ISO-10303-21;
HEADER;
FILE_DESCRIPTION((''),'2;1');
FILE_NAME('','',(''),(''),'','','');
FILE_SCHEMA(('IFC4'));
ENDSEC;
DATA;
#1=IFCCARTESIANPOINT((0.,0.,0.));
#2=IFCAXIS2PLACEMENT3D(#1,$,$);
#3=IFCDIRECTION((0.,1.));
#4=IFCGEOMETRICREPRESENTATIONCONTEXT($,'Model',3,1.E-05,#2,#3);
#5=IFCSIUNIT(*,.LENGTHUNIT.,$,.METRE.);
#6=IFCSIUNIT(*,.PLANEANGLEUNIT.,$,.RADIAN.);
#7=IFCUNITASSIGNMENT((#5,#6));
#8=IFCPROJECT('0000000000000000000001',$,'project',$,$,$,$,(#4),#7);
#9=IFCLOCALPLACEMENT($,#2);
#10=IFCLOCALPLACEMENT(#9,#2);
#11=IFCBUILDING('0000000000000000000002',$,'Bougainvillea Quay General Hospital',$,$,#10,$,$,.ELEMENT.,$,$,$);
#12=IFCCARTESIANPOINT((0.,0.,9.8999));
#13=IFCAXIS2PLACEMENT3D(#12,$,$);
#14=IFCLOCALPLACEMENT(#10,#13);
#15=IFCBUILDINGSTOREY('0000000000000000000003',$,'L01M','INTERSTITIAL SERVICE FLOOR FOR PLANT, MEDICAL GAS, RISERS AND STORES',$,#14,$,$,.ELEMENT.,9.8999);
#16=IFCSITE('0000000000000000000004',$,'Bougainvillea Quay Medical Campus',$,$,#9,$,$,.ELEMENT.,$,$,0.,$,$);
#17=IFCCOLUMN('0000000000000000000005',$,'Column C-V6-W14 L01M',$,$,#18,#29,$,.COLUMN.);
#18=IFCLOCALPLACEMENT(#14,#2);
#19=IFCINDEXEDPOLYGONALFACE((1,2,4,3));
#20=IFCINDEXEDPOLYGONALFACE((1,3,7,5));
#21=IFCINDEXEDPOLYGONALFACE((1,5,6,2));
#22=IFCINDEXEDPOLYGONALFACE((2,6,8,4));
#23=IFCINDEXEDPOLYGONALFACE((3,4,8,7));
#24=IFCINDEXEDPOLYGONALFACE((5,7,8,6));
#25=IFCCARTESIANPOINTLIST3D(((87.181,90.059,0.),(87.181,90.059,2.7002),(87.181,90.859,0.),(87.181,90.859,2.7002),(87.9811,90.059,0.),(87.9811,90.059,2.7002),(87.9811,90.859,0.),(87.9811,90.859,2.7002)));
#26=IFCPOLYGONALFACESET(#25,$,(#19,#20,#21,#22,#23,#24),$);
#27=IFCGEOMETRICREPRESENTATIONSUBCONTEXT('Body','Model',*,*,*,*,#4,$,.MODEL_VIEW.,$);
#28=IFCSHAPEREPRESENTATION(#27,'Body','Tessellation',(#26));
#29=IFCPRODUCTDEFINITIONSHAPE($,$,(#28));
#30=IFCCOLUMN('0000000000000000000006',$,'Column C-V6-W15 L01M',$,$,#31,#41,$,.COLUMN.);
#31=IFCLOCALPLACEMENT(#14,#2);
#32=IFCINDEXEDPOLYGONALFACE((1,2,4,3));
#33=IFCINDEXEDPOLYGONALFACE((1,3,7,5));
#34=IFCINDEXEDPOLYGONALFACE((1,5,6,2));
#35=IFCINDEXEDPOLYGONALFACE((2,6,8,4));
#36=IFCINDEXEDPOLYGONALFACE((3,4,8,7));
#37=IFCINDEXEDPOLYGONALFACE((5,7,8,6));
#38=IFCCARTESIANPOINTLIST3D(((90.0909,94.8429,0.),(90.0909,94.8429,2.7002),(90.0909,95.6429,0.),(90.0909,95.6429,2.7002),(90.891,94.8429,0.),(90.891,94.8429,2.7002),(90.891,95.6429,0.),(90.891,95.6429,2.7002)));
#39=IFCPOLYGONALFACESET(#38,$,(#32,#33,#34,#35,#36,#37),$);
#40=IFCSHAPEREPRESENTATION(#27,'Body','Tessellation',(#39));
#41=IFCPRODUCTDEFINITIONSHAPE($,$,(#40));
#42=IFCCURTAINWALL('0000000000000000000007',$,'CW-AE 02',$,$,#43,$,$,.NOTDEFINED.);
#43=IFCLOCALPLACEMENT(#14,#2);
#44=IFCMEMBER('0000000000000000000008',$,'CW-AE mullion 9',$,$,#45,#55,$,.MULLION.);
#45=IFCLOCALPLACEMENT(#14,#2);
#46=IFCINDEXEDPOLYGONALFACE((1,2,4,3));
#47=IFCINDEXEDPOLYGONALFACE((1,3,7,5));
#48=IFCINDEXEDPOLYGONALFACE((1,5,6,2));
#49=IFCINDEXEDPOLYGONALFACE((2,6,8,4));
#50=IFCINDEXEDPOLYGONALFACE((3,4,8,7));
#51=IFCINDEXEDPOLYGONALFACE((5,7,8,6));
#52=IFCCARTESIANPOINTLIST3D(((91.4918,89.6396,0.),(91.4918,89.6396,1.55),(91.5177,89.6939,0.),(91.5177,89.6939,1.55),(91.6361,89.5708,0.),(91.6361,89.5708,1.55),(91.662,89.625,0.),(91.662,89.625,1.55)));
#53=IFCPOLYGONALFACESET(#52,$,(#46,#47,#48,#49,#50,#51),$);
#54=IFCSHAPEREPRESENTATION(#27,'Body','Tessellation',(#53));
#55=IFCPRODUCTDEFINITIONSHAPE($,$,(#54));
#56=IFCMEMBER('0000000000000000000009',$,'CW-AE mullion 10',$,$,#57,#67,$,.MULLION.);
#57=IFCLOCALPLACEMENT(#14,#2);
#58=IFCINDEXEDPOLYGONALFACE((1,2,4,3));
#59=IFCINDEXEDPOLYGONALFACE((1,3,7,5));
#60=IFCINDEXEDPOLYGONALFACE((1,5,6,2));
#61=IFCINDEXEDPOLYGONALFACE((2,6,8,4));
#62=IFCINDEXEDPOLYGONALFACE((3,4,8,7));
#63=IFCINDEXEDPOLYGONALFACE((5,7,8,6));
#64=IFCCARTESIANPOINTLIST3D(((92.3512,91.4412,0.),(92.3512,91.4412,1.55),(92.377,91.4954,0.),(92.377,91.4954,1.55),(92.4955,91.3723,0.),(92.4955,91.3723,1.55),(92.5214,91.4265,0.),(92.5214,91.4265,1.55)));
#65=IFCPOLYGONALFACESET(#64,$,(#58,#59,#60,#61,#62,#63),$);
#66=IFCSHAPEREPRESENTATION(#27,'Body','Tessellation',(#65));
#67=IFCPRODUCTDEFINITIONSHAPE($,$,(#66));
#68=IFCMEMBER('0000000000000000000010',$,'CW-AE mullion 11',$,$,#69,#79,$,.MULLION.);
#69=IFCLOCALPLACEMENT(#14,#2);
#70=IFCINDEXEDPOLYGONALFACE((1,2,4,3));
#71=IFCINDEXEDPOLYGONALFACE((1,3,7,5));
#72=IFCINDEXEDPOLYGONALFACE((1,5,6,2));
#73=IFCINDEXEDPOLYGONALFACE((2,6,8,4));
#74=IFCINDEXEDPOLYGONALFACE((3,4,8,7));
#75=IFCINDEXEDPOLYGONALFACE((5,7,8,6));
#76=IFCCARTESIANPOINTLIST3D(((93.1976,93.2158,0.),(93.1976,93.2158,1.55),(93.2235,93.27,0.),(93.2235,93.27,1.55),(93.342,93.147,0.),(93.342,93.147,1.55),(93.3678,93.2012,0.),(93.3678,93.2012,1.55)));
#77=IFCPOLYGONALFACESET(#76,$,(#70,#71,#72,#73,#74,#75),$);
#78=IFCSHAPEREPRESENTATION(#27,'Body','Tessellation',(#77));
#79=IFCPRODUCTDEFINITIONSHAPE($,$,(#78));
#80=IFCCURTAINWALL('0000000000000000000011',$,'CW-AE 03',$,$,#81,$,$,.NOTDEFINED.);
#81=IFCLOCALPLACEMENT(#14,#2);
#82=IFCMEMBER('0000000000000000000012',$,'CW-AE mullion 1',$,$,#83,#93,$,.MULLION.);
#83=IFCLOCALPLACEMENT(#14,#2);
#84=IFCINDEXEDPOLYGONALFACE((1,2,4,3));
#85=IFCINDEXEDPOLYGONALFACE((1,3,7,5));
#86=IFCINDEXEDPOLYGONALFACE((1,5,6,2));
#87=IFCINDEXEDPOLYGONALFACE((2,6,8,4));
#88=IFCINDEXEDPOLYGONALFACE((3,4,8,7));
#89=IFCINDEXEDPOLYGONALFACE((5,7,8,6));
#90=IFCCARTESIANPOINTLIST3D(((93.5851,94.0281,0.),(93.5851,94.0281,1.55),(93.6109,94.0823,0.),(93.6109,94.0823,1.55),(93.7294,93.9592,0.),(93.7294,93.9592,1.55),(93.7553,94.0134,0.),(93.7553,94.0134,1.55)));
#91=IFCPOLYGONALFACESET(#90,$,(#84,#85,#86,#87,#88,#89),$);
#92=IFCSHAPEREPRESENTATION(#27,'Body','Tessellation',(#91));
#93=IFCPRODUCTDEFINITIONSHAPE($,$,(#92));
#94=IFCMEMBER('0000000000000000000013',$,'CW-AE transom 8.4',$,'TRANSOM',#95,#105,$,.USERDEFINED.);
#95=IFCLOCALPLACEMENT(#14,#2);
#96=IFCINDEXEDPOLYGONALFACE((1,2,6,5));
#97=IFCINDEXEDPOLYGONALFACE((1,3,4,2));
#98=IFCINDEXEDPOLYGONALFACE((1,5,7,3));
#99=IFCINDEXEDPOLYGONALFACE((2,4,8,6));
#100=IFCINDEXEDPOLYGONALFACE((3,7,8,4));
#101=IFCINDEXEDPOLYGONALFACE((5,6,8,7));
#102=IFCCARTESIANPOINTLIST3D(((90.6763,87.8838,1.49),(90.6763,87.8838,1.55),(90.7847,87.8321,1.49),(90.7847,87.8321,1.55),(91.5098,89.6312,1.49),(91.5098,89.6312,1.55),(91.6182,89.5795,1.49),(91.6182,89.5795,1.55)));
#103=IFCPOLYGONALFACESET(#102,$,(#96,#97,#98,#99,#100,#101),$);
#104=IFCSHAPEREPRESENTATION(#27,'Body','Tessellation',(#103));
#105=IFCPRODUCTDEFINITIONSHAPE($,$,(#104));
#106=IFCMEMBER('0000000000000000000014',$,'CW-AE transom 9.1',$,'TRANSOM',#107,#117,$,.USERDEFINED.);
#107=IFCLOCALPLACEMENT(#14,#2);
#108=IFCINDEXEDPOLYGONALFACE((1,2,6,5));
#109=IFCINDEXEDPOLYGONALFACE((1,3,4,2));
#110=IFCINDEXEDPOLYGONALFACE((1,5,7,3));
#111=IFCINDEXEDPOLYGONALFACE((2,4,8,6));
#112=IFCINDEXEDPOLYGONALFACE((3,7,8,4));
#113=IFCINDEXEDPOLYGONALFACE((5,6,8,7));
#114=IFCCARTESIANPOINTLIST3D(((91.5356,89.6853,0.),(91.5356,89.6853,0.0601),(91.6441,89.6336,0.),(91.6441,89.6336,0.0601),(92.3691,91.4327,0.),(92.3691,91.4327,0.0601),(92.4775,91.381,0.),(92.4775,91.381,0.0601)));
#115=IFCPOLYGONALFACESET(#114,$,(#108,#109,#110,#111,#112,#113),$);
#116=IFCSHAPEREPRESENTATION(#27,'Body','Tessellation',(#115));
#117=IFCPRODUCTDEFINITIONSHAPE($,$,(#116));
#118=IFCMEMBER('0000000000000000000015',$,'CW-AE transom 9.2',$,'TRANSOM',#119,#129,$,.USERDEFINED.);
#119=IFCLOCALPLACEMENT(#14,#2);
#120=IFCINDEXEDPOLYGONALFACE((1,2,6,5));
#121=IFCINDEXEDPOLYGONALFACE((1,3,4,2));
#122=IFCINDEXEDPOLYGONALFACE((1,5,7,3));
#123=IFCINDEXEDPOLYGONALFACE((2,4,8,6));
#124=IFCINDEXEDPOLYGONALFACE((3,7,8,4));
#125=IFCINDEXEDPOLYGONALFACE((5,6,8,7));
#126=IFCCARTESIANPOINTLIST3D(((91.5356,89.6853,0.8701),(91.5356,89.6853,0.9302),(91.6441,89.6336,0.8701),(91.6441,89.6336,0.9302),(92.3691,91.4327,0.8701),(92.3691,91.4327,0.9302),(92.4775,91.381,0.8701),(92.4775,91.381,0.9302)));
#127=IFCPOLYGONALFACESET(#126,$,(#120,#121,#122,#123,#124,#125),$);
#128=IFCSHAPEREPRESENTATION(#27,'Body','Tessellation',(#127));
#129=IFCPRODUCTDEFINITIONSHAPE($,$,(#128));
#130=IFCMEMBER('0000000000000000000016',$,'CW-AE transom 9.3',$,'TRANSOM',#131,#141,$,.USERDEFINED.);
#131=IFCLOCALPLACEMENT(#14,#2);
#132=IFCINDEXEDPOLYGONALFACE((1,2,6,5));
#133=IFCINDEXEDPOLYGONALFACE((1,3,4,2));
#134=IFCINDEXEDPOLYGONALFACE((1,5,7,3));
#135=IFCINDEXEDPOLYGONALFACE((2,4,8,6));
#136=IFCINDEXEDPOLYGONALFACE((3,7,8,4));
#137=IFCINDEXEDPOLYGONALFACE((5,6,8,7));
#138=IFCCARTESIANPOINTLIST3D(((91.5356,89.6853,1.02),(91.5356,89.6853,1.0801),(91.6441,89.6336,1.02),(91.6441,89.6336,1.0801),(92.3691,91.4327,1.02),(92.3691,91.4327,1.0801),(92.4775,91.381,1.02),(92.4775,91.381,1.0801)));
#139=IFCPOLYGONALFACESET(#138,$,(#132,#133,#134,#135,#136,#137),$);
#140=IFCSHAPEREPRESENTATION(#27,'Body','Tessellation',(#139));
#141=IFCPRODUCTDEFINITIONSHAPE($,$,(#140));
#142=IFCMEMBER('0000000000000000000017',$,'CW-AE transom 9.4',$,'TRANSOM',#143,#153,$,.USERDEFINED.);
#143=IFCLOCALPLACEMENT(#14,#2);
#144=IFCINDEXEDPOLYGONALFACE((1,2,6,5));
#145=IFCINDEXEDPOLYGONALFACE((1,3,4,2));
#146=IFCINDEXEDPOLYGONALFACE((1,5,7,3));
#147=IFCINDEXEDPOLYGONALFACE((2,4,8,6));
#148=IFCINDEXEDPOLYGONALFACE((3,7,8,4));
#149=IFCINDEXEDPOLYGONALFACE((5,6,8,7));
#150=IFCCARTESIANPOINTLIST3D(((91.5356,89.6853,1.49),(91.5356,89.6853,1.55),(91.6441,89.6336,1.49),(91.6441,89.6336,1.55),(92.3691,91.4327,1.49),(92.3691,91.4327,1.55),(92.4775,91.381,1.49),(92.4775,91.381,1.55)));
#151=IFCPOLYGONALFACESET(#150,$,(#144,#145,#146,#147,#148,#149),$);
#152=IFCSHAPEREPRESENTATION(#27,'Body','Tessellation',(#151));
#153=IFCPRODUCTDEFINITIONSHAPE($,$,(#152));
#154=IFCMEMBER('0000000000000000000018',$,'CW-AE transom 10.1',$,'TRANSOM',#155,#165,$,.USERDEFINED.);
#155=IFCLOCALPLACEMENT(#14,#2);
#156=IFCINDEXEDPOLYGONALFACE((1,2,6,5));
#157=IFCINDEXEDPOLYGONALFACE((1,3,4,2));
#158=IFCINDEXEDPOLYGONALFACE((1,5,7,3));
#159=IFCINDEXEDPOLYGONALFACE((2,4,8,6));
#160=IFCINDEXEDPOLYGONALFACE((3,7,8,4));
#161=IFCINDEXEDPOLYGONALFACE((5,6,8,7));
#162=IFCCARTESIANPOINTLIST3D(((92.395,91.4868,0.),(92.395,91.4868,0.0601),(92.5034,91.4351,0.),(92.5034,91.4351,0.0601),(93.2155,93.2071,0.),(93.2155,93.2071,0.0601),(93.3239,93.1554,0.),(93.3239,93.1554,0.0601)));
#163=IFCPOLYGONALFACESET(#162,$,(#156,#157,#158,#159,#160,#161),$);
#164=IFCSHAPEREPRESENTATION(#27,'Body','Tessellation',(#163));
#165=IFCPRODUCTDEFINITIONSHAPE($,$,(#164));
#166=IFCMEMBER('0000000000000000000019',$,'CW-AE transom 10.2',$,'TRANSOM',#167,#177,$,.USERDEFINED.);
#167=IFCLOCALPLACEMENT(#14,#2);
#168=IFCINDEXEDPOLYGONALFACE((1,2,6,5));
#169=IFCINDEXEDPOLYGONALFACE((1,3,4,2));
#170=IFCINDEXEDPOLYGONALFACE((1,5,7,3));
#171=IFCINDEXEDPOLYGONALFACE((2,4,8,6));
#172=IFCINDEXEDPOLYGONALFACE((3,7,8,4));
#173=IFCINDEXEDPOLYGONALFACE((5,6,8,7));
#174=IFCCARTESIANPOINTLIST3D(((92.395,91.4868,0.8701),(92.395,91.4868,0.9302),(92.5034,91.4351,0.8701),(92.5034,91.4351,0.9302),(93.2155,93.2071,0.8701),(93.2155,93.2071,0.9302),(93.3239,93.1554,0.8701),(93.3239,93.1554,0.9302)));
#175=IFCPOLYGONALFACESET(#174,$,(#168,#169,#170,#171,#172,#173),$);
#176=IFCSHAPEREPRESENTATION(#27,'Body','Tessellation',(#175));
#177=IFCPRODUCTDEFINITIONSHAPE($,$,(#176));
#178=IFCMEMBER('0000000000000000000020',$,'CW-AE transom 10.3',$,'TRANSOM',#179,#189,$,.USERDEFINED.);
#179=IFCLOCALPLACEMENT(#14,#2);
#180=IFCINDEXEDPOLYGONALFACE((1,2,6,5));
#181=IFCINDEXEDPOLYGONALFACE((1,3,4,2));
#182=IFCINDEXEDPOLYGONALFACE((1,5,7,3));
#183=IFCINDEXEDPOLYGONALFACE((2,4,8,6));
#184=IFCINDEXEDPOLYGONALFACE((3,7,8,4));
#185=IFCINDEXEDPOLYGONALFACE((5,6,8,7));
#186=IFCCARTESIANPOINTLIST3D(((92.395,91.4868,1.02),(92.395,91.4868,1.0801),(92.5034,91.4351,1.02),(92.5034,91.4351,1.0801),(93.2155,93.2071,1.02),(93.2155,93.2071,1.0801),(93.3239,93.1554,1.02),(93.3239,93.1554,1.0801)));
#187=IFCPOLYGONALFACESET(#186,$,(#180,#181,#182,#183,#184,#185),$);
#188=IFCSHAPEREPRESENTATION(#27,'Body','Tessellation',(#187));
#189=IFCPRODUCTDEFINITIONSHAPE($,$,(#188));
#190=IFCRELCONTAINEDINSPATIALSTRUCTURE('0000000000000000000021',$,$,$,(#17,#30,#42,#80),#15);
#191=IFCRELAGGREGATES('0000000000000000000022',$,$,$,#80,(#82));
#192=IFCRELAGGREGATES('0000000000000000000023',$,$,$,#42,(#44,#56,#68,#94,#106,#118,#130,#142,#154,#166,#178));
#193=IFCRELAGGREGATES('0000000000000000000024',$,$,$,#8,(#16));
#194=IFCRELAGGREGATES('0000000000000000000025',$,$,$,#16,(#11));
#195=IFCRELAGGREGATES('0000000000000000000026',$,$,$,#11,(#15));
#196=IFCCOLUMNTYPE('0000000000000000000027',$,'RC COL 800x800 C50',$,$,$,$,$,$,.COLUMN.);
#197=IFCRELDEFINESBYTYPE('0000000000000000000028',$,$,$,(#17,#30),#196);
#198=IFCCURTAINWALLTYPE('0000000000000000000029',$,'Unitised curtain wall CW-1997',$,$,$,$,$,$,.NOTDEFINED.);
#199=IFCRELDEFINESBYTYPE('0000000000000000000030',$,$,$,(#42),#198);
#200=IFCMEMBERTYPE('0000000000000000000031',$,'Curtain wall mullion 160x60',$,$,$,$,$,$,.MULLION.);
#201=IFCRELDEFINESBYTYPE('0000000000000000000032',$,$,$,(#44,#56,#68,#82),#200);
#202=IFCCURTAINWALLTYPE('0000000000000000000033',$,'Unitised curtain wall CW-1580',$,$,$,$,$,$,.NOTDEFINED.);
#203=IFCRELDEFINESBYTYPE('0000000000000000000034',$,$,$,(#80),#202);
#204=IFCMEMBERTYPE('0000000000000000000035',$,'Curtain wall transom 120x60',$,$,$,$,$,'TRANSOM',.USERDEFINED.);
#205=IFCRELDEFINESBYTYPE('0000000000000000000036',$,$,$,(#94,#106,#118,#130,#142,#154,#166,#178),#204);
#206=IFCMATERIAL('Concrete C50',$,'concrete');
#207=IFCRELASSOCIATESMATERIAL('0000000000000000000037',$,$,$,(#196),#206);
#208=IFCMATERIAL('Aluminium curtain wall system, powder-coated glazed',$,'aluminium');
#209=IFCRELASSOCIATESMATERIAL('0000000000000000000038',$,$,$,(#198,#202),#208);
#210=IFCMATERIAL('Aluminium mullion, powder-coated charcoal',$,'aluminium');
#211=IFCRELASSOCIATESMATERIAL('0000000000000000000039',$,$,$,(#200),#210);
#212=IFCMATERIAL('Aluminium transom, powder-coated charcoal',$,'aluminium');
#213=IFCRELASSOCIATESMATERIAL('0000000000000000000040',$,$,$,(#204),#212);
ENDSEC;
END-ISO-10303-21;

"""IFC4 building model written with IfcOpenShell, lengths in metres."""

from ifc_helpers import new_model, si_unit, direction, frame, origin, origin_2d, place, context, subcontext, project, spatial, rectangle, extrude, material, material_profile, profile_set, type_object, element, aggregate, save


model = new_model("IFC4")

# Units and contexts
model_context = context("Model", 3, precision=1e-05, world=origin(), true_north=direction((0.0, 1.0)))
body_context = subcontext(model_context, "Body", "Model", "MODEL_VIEW")
ifc_project = project(units=[si_unit("LENGTHUNIT", "METRE"), si_unit("PLANEANGLEUNIT", "RADIAN")], contexts=[model_context])

# Site, building, storey
site_placement = place(None, origin())
site = spatial("IfcSite", under=ifc_project, at=site_placement, Name="Bougainvillea Quay Medical Campus", CompositionType="ELEMENT", RefElevation=0.0)
building_placement = place(site_placement, origin())
building = spatial("IfcBuilding", under=site, at=building_placement, Name="Bougainvillea Quay General Hospital", CompositionType="ELEMENT")
storey_placement = place(building_placement, frame((0.0, 0.0, 9.8999)))
storey = spatial("IfcBuildingStorey", under=building, at=storey_placement, Name="L01M", Description="INTERSTITIAL SERVICE FLOOR FOR PLANT, MEDICAL GAS, RISERS AND STORES", CompositionType="ELEMENT", Elevation=9.8999)

# Columns
ifc_material_1 = material(Name="Concrete C50", Category="concrete")
ifc_material_profile_1 = material_profile(ifc_material_1, rectangle(XDim=0.8, YDim=0.8, at=origin_2d()))
ifc_profile_set_1 = profile_set([ifc_material_profile_1], Name="Concrete C50")
column_type = type_object("IfcColumnType", Name="RC COL 800x800 C50", PredefinedType="COLUMN", material=ifc_profile_set_1)
for number, where, z_axis, x_axis, name in (
    (1, (87.5811, 90.459, 0.0), (0.0, 0.0, 1.0), (1.0, 0.0, 0.0), "Column C-V6-W14 L01M"),
    (2, (90.491, 95.2429, 0.0), (0.0, 0.0, 1.0), (1.0, 0.0, 0.0), "Column C-V6-W15 L01M"),
):
    element("IfcColumn", number, at=place(storey_placement, frame(where, z_axis=z_axis, x_axis=x_axis)), inside=storey, type_object=column_type, Name=name, PredefinedType="COLUMN", context=body_context, shape_type="SweptSolid", body=[
        extrude(rectangle(XDim=0.8, YDim=0.8, at=origin_2d()), origin(), (0.0, 0.0, 1.0), 2.7002),
    ])

# Curtain wall, members
ifc_material_2 = material(Name="Aluminium curtain wall system, powder-coated glazed", Category="aluminium")
curtain_wall_type_1 = type_object("IfcCurtainWallType", Name="Unitised curtain wall CW-1997", PredefinedType="NOTDEFINED", material=ifc_material_2)
curtain_wall_1_placement = place(storey_placement, origin())
curtain_wall_1 = element("IfcCurtainWall", 3, at=curtain_wall_1_placement, inside=storey, type_object=curtain_wall_type_1, Name="CW-AE 02", PredefinedType="NOTDEFINED")
ifc_material_3 = material(Name="Aluminium mullion, powder-coated charcoal", Category="aluminium")
ifc_material_profile_2 = material_profile(ifc_material_3, rectangle(XDim=0.1599, YDim=0.0601, at=origin_2d()))
ifc_profile_set_2 = profile_set([ifc_material_profile_2], Name="Aluminium mullion, powder-coated charcoal")
member_type_1 = type_object("IfcMemberType", Name="Curtain wall mullion 160x60", PredefinedType="MULLION", material=ifc_profile_set_2)
member_1_placement = place(storey_placement, frame((91.5769, 89.6323, 0.0), z_axis=(0.0, 0.0, 1.0), x_axis=(-0.902578, 0.430525, 0.0)))
member_1 = element("IfcMember", 4, at=member_1_placement, type_object=member_type_1, Name="CW-AE mullion 9", PredefinedType="MULLION", context=body_context, shape_type="SweptSolid", body=[
    extrude(rectangle(XDim=0.1599, YDim=0.0601, at=origin_2d()), origin(), (0.0, 0.0, 1.0), 1.55),
])
member_2_placement = place(storey_placement, frame((92.4363, 91.4338, 0.0), z_axis=(0.0, 0.0, 1.0), x_axis=(-0.902578, 0.430525, 0.0)))
member_2 = element("IfcMember", 5, at=member_2_placement, type_object=member_type_1, Name="CW-AE mullion 10", PredefinedType="MULLION", context=body_context, shape_type="SweptSolid", body=[
    extrude(rectangle(XDim=0.1599, YDim=0.0601, at=origin_2d()), origin(), (0.0, 0.0, 1.0), 1.55),
])
member_3_placement = place(storey_placement, frame((93.2827, 93.2085, 0.0), z_axis=(0.0, 0.0, 1.0), x_axis=(-0.902578, 0.430525, 0.0)))
member_3 = element("IfcMember", 6, at=member_3_placement, type_object=member_type_1, Name="CW-AE mullion 11", PredefinedType="MULLION", context=body_context, shape_type="SweptSolid", body=[
    extrude(rectangle(XDim=0.1599, YDim=0.0601, at=origin_2d()), origin(), (0.0, 0.0, 1.0), 1.55),
])

# Curtain wall, member
curtain_wall_type_2 = type_object("IfcCurtainWallType", Name="Unitised curtain wall CW-1580", PredefinedType="NOTDEFINED", material=ifc_material_2)
curtain_wall_2_placement = place(storey_placement, origin())
curtain_wall_2 = element("IfcCurtainWall", 7, at=curtain_wall_2_placement, inside=storey, type_object=curtain_wall_type_2, Name="CW-AE 03", PredefinedType="NOTDEFINED")
member_4_placement = place(storey_placement, frame((93.6702, 94.0208, 0.0), z_axis=(0.0, 0.0, 1.0), x_axis=(-0.902578, 0.430525, 0.0)))
member_4 = element("IfcMember", 8, at=member_4_placement, type_object=member_type_1, Name="CW-AE mullion 1", PredefinedType="MULLION", context=body_context, shape_type="SweptSolid", body=[
    extrude(rectangle(XDim=0.1599, YDim=0.0601, at=origin_2d()), origin(), (0.0, 0.0, 1.0), 1.55),
])
aggregate(curtain_wall_2, [member_4])

# Members
ifc_material_4 = material(Name="Aluminium transom, powder-coated charcoal", Category="aluminium")
ifc_material_profile_3 = material_profile(ifc_material_4, rectangle(XDim=0.1201, YDim=0.0601, at=origin_2d()))
ifc_profile_set_3 = profile_set([ifc_material_profile_3], Name="Aluminium transom, powder-coated charcoal")
member_type_2 = type_object("IfcMemberType", Name="Curtain wall transom 120x60", ElementType="TRANSOM", PredefinedType="USERDEFINED", material=ifc_profile_set_3)
member_5_placement = place(storey_placement, frame((90.7305, 87.8579, 1.52), z_axis=(0.43054, 0.902571, 0.0), x_axis=(-0.902571, 0.43054, 0.0)))
member_5 = element("IfcMember", 9, at=member_5_placement, type_object=member_type_2, Name="CW-AE transom 8.4", ObjectType="TRANSOM", PredefinedType="USERDEFINED", context=body_context, shape_type="SweptSolid", body=[
    extrude(rectangle(XDim=0.1201, YDim=0.0601, at=origin_2d()), origin(), (0.0, 0.0, 1.0), 1.936),
])
member_6_placement = place(storey_placement, frame((91.5898, 89.6594, 0.03), z_axis=(0.430491, 0.902595, 0.0), x_axis=(-0.902595, 0.430491, 0.0)))
member_6 = element("IfcMember", 10, at=member_6_placement, type_object=member_type_2, Name="CW-AE transom 9.1", ObjectType="TRANSOM", PredefinedType="USERDEFINED", context=body_context, shape_type="SweptSolid", body=[
    extrude(rectangle(XDim=0.1201, YDim=0.0601, at=origin_2d()), origin(), (0.0, 0.0, 1.0), 1.936),
])
member_7_placement = place(storey_placement, frame((91.5898, 89.6594, 0.9001), z_axis=(0.430491, 0.902595, 0.0), x_axis=(-0.902595, 0.430491, 0.0)))
member_7 = element("IfcMember", 11, at=member_7_placement, type_object=member_type_2, Name="CW-AE transom 9.2", ObjectType="TRANSOM", PredefinedType="USERDEFINED", context=body_context, shape_type="SweptSolid", body=[
    extrude(rectangle(XDim=0.1201, YDim=0.0601, at=origin_2d()), origin(), (0.0, 0.0, 1.0), 1.936),
])
member_8_placement = place(storey_placement, frame((91.5898, 89.6594, 1.05), z_axis=(0.430491, 0.902595, 0.0), x_axis=(-0.902595, 0.430491, 0.0)))
member_8 = element("IfcMember", 12, at=member_8_placement, type_object=member_type_2, Name="CW-AE transom 9.3", ObjectType="TRANSOM", PredefinedType="USERDEFINED", context=body_context, shape_type="SweptSolid", body=[
    extrude(rectangle(XDim=0.1201, YDim=0.0601, at=origin_2d()), origin(), (0.0, 0.0, 1.0), 1.936),
])
member_9_placement = place(storey_placement, frame((91.5898, 89.6594, 1.52), z_axis=(0.430491, 0.902595, 0.0), x_axis=(-0.902595, 0.430491, 0.0)))
member_9 = element("IfcMember", 13, at=member_9_placement, type_object=member_type_2, Name="CW-AE transom 9.4", ObjectType="TRANSOM", PredefinedType="USERDEFINED", context=body_context, shape_type="SweptSolid", body=[
    extrude(rectangle(XDim=0.1201, YDim=0.0601, at=origin_2d()), origin(), (0.0, 0.0, 1.0), 1.936),
])
member_10_placement = place(storey_placement, frame((92.4492, 91.4609, 0.03), z_axis=(0.430485, 0.902598, 0.0), x_axis=(-0.902598, 0.430485, 0.0)))
member_10 = element("IfcMember", 14, at=member_10_placement, type_object=member_type_2, Name="CW-AE transom 10.1", ObjectType="TRANSOM", PredefinedType="USERDEFINED", context=body_context, shape_type="SweptSolid", body=[
    extrude(rectangle(XDim=0.1201, YDim=0.0601, at=origin_2d()), origin(), (0.0, 0.0, 1.0), 1.906),
])
member_11_placement = place(storey_placement, frame((92.4492, 91.4609, 0.9001), z_axis=(0.430485, 0.902598, 0.0), x_axis=(-0.902598, 0.430485, 0.0)))
member_11 = element("IfcMember", 15, at=member_11_placement, type_object=member_type_2, Name="CW-AE transom 10.2", ObjectType="TRANSOM", PredefinedType="USERDEFINED", context=body_context, shape_type="SweptSolid", body=[
    extrude(rectangle(XDim=0.1201, YDim=0.0601, at=origin_2d()), origin(), (0.0, 0.0, 1.0), 1.906),
])
member_12_placement = place(storey_placement, frame((92.4492, 91.4609, 1.05), z_axis=(0.430485, 0.902598, 0.0), x_axis=(-0.902598, 0.430485, 0.0)))
member_12 = element("IfcMember", 16, at=member_12_placement, type_object=member_type_2, Name="CW-AE transom 10.3", ObjectType="TRANSOM", PredefinedType="USERDEFINED", context=body_context, shape_type="SweptSolid", body=[
    extrude(rectangle(XDim=0.1201, YDim=0.0601, at=origin_2d()), origin(), (0.0, 0.0, 1.0), 1.906),
])

aggregate(curtain_wall_1, [member_1, member_2, member_3, member_5, member_6, member_7, member_8, member_9, member_10, member_11, member_12])

save(model, "model.ifc")
